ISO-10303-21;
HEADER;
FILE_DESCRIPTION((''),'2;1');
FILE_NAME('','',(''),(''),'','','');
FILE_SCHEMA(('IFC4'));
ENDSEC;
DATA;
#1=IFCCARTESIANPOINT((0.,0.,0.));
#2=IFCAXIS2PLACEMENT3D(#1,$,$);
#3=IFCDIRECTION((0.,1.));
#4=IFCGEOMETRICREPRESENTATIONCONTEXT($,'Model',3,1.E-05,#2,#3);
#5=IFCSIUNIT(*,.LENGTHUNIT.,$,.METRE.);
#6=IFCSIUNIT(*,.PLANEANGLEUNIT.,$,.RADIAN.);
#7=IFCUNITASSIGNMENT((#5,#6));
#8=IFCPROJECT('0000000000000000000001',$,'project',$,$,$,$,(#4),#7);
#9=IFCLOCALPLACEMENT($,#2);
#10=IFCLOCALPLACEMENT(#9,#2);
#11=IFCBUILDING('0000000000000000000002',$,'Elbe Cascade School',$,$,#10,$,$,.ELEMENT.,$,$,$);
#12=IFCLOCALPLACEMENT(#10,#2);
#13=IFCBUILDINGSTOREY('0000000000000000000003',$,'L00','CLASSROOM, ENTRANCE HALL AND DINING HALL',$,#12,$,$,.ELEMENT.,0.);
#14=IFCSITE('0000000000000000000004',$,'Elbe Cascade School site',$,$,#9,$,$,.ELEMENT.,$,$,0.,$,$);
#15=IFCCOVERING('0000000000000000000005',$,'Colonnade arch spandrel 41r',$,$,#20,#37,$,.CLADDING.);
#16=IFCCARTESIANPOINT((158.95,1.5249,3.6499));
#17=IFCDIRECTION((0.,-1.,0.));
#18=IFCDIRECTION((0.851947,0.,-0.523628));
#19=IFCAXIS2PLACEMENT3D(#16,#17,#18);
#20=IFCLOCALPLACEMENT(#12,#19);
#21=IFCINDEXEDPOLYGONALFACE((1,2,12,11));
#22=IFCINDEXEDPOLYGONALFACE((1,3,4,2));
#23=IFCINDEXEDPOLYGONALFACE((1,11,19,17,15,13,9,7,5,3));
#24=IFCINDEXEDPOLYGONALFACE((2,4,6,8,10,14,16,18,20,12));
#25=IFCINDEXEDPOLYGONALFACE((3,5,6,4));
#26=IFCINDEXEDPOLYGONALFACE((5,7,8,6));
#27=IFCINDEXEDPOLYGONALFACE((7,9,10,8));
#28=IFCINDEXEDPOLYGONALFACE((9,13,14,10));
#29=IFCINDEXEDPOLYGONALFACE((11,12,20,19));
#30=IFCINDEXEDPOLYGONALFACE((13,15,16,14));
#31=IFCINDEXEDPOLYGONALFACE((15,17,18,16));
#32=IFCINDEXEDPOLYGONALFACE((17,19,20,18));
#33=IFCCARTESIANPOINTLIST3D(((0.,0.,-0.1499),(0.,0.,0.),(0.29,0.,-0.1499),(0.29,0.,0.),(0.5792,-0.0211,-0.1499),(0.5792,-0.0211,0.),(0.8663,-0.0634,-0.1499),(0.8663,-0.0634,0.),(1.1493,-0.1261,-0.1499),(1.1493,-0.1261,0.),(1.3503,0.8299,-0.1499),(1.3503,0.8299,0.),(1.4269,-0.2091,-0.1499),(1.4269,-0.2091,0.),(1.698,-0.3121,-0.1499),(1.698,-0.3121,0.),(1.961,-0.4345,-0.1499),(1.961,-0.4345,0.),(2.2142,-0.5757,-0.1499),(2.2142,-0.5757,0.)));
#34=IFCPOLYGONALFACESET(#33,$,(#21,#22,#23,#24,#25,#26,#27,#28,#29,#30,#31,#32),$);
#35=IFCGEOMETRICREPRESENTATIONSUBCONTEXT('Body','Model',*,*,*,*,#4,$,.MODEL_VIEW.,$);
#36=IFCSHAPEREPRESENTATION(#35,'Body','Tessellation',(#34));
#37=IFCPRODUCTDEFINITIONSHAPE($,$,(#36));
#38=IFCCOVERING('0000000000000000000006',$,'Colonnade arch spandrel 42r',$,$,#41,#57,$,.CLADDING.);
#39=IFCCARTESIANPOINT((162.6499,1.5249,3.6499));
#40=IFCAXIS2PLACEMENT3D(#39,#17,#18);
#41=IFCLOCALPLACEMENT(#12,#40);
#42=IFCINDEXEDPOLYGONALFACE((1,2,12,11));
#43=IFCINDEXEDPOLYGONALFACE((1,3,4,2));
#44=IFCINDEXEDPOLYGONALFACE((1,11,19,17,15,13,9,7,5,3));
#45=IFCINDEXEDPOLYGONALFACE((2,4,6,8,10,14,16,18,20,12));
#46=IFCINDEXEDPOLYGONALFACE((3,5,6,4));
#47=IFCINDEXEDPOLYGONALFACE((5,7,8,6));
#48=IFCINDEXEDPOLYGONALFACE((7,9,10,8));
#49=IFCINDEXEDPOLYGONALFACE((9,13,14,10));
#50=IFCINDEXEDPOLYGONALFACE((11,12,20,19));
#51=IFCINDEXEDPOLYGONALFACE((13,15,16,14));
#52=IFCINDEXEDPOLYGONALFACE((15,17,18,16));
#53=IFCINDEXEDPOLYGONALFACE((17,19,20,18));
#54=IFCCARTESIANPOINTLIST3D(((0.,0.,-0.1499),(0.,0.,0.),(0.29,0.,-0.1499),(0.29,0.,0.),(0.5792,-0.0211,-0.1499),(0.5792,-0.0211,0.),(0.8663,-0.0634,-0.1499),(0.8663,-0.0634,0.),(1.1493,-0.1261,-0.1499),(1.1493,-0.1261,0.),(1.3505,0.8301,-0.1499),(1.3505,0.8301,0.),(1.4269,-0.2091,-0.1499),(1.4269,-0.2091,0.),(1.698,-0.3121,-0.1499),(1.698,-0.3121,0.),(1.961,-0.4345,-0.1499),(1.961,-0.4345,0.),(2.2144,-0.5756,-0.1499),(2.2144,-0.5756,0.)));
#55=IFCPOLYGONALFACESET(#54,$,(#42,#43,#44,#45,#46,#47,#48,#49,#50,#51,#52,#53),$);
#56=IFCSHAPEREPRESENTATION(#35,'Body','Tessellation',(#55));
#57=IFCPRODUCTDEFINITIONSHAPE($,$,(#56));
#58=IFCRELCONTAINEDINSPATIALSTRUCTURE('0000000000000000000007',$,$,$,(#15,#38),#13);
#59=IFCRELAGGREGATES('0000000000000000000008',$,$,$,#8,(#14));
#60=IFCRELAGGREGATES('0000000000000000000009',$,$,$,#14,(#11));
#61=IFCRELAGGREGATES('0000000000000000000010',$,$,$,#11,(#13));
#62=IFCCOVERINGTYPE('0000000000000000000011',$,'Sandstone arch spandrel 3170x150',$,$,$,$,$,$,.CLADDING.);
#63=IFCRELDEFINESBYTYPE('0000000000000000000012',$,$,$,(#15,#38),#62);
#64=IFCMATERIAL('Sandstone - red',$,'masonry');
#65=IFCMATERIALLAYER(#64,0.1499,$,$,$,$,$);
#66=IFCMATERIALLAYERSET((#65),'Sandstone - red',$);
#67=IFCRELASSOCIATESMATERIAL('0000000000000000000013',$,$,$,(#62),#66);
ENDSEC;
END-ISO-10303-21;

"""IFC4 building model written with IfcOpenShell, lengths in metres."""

from ifc_helpers import new_model, si_unit, direction, frame, origin, place, context, subcontext, project, spatial, polyline, outline, extrude, material, layer, layer_set, type_object, element, save


model = new_model("IFC4")

# Units and contexts
model_context = context("Model", 3, precision=1e-05, world=origin(), true_north=direction((0.0, 1.0)))
body_context = subcontext(model_context, "Body", "Model", "MODEL_VIEW")
ifc_project = project(units=[si_unit("LENGTHUNIT", "METRE"), si_unit("PLANEANGLEUNIT", "RADIAN")], contexts=[model_context])

# Site, building, storey
site_placement = place(None, origin())
site = spatial("IfcSite", under=ifc_project, at=site_placement, Name="Elbe Cascade School site", CompositionType="ELEMENT", RefElevation=0.0)
building_placement = place(site_placement, origin())
building = spatial("IfcBuilding", under=site, at=building_placement, Name="Elbe Cascade School", CompositionType="ELEMENT")
storey_placement = place(building_placement, origin())
storey = spatial("IfcBuildingStorey", under=building, at=storey_placement, Name="L00", Description="CLASSROOM, ENTRANCE HALL AND DINING HALL", CompositionType="ELEMENT", Elevation=0.0)

# Coverings
ifc_material_1 = material(Name="Sandstone - red", Category="masonry")
ifc_layer_1 = layer(ifc_material_1, 0.1499)
ifc_layer_set_1 = layer_set([ifc_layer_1], Name="Sandstone - red")
covering_type_1 = type_object("IfcCoveringType", Name="Sandstone arch spandrel 3170x150", PredefinedType="CLADDING", material=ifc_layer_set_1)
covering_1_placement = place(storey_placement, frame((158.95, 1.5249, 3.6499), z_axis=(0.0, -1.0, 0.0), x_axis=(0.851947, 0.0, -0.523628)))
element("IfcCovering", 1, at=covering_1_placement, inside=storey, type_object=covering_type_1, Name="Colonnade arch spandrel 41r", PredefinedType="CLADDING", context=body_context, shape_type="SweptSolid", body=[
    extrude(outline(polyline([(0.0, 0.0), (0.29, 0.0), (0.5792, -0.0211), (0.8663, -0.0634), (1.1493, -0.1261), (1.4269, -0.2091), (1.698, -0.3121), (1.961, -0.4345), (2.2142, -0.5757), (1.3503, 0.8299), (0.0, 0.0)])), origin(), (0.0, 0.0, -1.0), 0.1499),
])
covering_2_placement = place(storey_placement, frame((162.6499, 1.5249, 3.6499), z_axis=(0.0, -1.0, 0.0), x_axis=(0.851947, 0.0, -0.523628)))
element("IfcCovering", 2, at=covering_2_placement, inside=storey, type_object=covering_type_1, Name="Colonnade arch spandrel 42r", PredefinedType="CLADDING", context=body_context, shape_type="SweptSolid", body=[
    extrude(outline(polyline([(0.0, 0.0), (0.29, 0.0), (0.5792, -0.0211), (0.8663, -0.0634), (1.1493, -0.1261), (1.4269, -0.2091), (1.698, -0.3121), (1.961, -0.4345), (2.2144, -0.5756), (1.3505, 0.8301), (0.0, 0.0)])), origin(), (0.0, 0.0, -1.0), 0.1499),
])

save(model, "model.ifc")
